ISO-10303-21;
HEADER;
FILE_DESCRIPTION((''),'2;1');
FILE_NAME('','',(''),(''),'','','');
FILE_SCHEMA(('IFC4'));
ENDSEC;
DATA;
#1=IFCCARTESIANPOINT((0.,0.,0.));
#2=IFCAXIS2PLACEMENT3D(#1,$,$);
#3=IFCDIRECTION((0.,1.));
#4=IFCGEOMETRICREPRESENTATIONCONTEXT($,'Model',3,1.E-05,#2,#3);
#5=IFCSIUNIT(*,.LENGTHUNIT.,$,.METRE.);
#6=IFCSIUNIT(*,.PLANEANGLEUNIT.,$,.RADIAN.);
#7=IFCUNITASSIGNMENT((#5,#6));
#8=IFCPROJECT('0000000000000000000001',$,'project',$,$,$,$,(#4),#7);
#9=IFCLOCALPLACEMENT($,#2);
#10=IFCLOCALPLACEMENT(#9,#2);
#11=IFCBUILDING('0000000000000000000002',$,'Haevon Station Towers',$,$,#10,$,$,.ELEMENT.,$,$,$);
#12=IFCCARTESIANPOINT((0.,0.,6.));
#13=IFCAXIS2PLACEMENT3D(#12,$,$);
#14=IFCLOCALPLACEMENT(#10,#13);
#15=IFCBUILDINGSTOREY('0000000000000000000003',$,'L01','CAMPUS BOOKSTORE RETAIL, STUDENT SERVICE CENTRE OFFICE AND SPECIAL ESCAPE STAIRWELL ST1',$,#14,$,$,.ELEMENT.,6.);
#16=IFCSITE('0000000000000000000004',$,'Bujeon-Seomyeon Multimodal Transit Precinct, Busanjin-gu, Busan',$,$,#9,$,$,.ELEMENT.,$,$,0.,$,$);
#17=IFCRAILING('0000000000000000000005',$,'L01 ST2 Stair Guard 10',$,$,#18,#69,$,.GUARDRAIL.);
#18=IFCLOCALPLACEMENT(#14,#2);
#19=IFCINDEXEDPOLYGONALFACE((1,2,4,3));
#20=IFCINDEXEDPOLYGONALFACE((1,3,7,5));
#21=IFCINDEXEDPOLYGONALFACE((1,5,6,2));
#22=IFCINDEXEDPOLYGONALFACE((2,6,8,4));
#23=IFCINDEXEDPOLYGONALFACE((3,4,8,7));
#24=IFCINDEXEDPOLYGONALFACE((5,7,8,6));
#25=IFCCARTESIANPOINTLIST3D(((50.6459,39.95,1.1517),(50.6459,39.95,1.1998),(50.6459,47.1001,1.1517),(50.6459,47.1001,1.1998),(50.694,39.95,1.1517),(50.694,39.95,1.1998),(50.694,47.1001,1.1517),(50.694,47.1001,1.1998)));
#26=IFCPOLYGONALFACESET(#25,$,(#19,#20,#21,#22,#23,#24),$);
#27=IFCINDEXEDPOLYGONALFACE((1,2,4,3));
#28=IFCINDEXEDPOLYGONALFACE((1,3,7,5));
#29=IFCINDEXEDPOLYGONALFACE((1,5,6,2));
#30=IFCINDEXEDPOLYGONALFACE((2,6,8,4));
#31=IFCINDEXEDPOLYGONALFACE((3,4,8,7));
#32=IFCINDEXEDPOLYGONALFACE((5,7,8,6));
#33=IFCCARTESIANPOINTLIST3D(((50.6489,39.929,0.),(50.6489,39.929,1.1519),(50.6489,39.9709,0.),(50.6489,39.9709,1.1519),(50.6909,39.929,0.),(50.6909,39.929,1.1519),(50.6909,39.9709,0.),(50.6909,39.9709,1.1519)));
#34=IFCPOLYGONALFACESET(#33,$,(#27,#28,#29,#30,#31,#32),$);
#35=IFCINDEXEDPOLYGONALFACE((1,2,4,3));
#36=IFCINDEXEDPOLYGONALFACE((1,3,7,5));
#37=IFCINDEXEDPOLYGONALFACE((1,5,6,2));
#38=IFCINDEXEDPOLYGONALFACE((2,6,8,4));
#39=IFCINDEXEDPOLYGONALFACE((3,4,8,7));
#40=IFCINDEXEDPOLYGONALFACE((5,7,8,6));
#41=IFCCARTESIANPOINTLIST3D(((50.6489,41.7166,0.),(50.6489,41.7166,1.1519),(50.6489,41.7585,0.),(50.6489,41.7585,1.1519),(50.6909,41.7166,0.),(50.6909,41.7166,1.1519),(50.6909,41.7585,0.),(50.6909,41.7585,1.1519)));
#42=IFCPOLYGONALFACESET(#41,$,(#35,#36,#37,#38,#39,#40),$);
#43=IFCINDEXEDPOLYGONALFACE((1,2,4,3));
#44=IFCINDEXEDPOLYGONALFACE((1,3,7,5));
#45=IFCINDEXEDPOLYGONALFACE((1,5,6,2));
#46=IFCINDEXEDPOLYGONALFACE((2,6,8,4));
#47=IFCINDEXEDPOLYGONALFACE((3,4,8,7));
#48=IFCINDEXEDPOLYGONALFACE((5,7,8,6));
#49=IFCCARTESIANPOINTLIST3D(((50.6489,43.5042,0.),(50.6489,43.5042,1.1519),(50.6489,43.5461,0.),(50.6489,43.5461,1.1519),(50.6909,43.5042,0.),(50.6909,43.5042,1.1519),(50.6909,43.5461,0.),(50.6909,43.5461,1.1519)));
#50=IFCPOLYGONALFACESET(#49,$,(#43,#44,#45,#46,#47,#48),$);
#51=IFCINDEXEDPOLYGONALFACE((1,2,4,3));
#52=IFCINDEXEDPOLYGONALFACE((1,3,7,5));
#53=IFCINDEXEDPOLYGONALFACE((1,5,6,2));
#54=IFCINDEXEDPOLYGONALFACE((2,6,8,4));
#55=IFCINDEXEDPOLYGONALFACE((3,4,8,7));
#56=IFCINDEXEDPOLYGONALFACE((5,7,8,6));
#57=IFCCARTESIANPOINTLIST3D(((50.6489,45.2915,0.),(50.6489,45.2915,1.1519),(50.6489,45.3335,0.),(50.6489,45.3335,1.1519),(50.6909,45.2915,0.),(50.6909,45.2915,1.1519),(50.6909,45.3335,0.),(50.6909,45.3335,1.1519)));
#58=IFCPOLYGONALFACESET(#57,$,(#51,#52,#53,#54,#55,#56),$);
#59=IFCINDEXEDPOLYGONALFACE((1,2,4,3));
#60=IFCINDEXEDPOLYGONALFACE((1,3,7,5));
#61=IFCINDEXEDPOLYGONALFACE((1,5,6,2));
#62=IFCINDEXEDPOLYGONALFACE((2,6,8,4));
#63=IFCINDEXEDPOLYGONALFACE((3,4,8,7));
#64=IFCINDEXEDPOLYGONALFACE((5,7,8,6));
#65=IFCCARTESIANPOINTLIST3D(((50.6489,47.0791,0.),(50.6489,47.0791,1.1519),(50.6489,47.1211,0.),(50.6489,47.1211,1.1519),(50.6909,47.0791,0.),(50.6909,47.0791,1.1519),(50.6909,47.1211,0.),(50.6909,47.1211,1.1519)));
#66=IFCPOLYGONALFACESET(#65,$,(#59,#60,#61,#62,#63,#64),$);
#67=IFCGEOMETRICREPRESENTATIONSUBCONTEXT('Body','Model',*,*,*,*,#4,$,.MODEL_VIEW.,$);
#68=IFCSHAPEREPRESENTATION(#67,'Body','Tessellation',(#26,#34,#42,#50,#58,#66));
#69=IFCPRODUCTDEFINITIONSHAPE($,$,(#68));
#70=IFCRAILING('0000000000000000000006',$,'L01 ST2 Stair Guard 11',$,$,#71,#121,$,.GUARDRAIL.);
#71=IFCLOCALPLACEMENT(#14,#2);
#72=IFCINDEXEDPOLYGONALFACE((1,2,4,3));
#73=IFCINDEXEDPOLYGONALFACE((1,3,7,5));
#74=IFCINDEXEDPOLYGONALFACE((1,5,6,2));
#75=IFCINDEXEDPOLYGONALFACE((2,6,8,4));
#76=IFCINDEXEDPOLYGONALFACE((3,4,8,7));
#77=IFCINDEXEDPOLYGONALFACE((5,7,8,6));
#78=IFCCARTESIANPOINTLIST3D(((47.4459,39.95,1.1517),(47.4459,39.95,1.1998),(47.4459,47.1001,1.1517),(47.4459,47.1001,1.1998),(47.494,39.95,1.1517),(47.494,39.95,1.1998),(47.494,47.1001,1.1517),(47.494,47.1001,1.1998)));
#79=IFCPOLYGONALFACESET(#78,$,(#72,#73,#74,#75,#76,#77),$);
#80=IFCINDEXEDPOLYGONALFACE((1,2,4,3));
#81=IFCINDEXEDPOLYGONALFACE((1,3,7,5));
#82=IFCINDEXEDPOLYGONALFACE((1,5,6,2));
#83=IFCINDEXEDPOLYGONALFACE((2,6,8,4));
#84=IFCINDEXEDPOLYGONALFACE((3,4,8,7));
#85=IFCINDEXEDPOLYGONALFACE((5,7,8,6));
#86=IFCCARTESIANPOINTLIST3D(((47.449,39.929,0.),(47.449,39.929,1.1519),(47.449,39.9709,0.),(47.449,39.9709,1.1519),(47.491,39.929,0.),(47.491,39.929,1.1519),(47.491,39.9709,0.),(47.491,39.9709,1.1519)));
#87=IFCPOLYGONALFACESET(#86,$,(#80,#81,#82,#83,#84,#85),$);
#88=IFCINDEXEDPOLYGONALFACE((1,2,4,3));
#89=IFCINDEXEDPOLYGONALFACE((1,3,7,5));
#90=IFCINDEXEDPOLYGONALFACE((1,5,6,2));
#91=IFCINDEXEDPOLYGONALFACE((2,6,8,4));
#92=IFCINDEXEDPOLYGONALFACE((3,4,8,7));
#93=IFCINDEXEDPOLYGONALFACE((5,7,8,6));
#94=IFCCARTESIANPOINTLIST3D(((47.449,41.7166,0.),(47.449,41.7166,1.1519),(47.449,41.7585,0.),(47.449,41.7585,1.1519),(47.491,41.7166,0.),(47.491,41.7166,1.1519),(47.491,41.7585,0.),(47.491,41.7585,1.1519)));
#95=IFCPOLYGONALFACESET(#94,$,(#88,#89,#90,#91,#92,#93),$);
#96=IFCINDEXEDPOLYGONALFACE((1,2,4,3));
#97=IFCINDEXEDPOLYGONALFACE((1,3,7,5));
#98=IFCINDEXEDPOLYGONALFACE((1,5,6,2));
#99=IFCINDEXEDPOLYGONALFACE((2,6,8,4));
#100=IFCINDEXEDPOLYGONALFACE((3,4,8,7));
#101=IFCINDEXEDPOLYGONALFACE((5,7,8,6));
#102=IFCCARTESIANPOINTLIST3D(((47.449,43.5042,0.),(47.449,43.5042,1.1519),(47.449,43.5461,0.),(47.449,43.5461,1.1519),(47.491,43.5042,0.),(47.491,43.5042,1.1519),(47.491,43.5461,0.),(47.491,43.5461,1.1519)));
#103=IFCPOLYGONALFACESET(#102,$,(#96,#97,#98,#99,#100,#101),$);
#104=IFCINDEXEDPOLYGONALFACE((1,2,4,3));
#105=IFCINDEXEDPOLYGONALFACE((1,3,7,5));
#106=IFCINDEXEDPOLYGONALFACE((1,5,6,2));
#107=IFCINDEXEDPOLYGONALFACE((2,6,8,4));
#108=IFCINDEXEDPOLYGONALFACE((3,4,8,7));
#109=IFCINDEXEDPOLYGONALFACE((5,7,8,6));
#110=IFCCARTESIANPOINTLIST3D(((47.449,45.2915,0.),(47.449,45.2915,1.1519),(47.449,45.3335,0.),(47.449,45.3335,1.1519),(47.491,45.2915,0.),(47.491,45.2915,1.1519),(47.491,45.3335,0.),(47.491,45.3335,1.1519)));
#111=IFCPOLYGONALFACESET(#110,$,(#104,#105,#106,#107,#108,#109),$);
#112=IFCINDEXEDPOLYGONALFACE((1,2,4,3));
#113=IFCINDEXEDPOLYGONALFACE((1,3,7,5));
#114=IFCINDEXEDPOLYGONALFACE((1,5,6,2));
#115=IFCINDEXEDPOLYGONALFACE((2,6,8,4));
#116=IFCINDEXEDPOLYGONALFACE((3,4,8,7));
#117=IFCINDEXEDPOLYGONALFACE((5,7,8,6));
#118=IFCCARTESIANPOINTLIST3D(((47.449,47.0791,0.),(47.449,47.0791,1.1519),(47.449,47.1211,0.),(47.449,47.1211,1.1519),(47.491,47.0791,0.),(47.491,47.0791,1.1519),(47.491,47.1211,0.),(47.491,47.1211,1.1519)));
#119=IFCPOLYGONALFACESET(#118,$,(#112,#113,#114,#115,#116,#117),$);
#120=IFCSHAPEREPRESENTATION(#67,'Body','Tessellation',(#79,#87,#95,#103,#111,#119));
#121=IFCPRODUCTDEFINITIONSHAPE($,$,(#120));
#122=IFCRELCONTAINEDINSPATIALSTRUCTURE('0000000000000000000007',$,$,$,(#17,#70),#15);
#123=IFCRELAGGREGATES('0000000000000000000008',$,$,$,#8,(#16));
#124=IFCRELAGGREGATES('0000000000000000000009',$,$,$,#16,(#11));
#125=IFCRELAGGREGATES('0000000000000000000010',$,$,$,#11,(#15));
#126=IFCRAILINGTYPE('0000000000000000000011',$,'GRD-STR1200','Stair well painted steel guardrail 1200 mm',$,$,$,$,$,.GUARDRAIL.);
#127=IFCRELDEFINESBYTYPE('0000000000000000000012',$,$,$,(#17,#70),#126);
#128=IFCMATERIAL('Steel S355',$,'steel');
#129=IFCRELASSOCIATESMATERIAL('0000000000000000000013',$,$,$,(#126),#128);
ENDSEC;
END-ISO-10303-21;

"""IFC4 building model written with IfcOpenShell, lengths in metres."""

from ifc_helpers import new_model, si_unit, direction, frame, origin, origin_2d, place, context, subcontext, project, spatial, rectangle, extrude, material, type_object, element, save


model = new_model("IFC4")

# Units and contexts
model_context = context("Model", 3, precision=1e-05, world=origin(), true_north=direction((0.0, 1.0)))
body_context = subcontext(model_context, "Body", "Model", "MODEL_VIEW")
ifc_project = project(units=[si_unit("LENGTHUNIT", "METRE"), si_unit("PLANEANGLEUNIT", "RADIAN")], contexts=[model_context])

# Site, building, storey
site_placement = place(None, origin())
site = spatial("IfcSite", under=ifc_project, at=site_placement, Name="Bujeon-Seomyeon Multimodal Transit Precinct, Busanjin-gu, Busan", CompositionType="ELEMENT", RefElevation=0.0)
building_placement = place(site_placement, origin())
building = spatial("IfcBuilding", under=site, at=building_placement, Name="Haevon Station Towers", CompositionType="ELEMENT")
storey_placement = place(building_placement, frame((0.0, 0.0, 6.0)))
storey = spatial("IfcBuildingStorey", under=building, at=storey_placement, Name="L01", Description="CAMPUS BOOKSTORE RETAIL, STUDENT SERVICE CENTRE OFFICE AND SPECIAL ESCAPE STAIRWELL ST1", CompositionType="ELEMENT", Elevation=6.0)

# Shared definitions
ifc_material_1 = material(Name="Steel S355", Category="steel")

# Railings
railing_type = type_object("IfcRailingType", Name="GRD-STR1200", Description="Stair well painted steel guardrail 1200 mm", PredefinedType="GUARDRAIL", material=ifc_material_1)
for number, where, name in (
    (1, (50.6699, 39.95, 0.0), "L01 ST2 Stair Guard 10"),
    (2, (47.47, 39.95, 0.0), "L01 ST2 Stair Guard 11"),
):
    element("IfcRailing", number, at=place(storey_placement, frame(where)), inside=storey, type_object=railing_type, Name=name, PredefinedType="GUARDRAIL", context=body_context, shape_type="SweptSolid", body=[
        extrude(rectangle(XDim=0.0481, YDim=0.0481, at=origin_2d()), frame((0.0, 0.0, 1.1758), z_axis=(0.0, 1.0, 0.0), x_axis=(-1.0, 0.0, 0.0)), (0.0, 0.0, 1.0), 7.1501),
        extrude(rectangle(XDim=0.042, YDim=0.042, at=origin_2d()), origin(), (0.0, 0.0, 1.0), 1.1519),
        extrude(rectangle(XDim=0.042, YDim=0.042, at=origin_2d()), frame((0.0, 1.7876, 0.0)), (0.0, 0.0, 1.0), 1.1519),
        extrude(rectangle(XDim=0.042, YDim=0.042, at=origin_2d()), frame((0.0, 3.5752, 0.0)), (0.0, 0.0, 1.0), 1.1519),
        extrude(rectangle(XDim=0.042, YDim=0.042, at=origin_2d()), frame((0.0, 5.3625, 0.0)), (0.0, 0.0, 1.0), 1.1519),
        extrude(rectangle(XDim=0.042, YDim=0.042, at=origin_2d()), frame((0.0, 7.1501, 0.0)), (0.0, 0.0, 1.0), 1.1519),
    ])

save(model, "model.ifc")
